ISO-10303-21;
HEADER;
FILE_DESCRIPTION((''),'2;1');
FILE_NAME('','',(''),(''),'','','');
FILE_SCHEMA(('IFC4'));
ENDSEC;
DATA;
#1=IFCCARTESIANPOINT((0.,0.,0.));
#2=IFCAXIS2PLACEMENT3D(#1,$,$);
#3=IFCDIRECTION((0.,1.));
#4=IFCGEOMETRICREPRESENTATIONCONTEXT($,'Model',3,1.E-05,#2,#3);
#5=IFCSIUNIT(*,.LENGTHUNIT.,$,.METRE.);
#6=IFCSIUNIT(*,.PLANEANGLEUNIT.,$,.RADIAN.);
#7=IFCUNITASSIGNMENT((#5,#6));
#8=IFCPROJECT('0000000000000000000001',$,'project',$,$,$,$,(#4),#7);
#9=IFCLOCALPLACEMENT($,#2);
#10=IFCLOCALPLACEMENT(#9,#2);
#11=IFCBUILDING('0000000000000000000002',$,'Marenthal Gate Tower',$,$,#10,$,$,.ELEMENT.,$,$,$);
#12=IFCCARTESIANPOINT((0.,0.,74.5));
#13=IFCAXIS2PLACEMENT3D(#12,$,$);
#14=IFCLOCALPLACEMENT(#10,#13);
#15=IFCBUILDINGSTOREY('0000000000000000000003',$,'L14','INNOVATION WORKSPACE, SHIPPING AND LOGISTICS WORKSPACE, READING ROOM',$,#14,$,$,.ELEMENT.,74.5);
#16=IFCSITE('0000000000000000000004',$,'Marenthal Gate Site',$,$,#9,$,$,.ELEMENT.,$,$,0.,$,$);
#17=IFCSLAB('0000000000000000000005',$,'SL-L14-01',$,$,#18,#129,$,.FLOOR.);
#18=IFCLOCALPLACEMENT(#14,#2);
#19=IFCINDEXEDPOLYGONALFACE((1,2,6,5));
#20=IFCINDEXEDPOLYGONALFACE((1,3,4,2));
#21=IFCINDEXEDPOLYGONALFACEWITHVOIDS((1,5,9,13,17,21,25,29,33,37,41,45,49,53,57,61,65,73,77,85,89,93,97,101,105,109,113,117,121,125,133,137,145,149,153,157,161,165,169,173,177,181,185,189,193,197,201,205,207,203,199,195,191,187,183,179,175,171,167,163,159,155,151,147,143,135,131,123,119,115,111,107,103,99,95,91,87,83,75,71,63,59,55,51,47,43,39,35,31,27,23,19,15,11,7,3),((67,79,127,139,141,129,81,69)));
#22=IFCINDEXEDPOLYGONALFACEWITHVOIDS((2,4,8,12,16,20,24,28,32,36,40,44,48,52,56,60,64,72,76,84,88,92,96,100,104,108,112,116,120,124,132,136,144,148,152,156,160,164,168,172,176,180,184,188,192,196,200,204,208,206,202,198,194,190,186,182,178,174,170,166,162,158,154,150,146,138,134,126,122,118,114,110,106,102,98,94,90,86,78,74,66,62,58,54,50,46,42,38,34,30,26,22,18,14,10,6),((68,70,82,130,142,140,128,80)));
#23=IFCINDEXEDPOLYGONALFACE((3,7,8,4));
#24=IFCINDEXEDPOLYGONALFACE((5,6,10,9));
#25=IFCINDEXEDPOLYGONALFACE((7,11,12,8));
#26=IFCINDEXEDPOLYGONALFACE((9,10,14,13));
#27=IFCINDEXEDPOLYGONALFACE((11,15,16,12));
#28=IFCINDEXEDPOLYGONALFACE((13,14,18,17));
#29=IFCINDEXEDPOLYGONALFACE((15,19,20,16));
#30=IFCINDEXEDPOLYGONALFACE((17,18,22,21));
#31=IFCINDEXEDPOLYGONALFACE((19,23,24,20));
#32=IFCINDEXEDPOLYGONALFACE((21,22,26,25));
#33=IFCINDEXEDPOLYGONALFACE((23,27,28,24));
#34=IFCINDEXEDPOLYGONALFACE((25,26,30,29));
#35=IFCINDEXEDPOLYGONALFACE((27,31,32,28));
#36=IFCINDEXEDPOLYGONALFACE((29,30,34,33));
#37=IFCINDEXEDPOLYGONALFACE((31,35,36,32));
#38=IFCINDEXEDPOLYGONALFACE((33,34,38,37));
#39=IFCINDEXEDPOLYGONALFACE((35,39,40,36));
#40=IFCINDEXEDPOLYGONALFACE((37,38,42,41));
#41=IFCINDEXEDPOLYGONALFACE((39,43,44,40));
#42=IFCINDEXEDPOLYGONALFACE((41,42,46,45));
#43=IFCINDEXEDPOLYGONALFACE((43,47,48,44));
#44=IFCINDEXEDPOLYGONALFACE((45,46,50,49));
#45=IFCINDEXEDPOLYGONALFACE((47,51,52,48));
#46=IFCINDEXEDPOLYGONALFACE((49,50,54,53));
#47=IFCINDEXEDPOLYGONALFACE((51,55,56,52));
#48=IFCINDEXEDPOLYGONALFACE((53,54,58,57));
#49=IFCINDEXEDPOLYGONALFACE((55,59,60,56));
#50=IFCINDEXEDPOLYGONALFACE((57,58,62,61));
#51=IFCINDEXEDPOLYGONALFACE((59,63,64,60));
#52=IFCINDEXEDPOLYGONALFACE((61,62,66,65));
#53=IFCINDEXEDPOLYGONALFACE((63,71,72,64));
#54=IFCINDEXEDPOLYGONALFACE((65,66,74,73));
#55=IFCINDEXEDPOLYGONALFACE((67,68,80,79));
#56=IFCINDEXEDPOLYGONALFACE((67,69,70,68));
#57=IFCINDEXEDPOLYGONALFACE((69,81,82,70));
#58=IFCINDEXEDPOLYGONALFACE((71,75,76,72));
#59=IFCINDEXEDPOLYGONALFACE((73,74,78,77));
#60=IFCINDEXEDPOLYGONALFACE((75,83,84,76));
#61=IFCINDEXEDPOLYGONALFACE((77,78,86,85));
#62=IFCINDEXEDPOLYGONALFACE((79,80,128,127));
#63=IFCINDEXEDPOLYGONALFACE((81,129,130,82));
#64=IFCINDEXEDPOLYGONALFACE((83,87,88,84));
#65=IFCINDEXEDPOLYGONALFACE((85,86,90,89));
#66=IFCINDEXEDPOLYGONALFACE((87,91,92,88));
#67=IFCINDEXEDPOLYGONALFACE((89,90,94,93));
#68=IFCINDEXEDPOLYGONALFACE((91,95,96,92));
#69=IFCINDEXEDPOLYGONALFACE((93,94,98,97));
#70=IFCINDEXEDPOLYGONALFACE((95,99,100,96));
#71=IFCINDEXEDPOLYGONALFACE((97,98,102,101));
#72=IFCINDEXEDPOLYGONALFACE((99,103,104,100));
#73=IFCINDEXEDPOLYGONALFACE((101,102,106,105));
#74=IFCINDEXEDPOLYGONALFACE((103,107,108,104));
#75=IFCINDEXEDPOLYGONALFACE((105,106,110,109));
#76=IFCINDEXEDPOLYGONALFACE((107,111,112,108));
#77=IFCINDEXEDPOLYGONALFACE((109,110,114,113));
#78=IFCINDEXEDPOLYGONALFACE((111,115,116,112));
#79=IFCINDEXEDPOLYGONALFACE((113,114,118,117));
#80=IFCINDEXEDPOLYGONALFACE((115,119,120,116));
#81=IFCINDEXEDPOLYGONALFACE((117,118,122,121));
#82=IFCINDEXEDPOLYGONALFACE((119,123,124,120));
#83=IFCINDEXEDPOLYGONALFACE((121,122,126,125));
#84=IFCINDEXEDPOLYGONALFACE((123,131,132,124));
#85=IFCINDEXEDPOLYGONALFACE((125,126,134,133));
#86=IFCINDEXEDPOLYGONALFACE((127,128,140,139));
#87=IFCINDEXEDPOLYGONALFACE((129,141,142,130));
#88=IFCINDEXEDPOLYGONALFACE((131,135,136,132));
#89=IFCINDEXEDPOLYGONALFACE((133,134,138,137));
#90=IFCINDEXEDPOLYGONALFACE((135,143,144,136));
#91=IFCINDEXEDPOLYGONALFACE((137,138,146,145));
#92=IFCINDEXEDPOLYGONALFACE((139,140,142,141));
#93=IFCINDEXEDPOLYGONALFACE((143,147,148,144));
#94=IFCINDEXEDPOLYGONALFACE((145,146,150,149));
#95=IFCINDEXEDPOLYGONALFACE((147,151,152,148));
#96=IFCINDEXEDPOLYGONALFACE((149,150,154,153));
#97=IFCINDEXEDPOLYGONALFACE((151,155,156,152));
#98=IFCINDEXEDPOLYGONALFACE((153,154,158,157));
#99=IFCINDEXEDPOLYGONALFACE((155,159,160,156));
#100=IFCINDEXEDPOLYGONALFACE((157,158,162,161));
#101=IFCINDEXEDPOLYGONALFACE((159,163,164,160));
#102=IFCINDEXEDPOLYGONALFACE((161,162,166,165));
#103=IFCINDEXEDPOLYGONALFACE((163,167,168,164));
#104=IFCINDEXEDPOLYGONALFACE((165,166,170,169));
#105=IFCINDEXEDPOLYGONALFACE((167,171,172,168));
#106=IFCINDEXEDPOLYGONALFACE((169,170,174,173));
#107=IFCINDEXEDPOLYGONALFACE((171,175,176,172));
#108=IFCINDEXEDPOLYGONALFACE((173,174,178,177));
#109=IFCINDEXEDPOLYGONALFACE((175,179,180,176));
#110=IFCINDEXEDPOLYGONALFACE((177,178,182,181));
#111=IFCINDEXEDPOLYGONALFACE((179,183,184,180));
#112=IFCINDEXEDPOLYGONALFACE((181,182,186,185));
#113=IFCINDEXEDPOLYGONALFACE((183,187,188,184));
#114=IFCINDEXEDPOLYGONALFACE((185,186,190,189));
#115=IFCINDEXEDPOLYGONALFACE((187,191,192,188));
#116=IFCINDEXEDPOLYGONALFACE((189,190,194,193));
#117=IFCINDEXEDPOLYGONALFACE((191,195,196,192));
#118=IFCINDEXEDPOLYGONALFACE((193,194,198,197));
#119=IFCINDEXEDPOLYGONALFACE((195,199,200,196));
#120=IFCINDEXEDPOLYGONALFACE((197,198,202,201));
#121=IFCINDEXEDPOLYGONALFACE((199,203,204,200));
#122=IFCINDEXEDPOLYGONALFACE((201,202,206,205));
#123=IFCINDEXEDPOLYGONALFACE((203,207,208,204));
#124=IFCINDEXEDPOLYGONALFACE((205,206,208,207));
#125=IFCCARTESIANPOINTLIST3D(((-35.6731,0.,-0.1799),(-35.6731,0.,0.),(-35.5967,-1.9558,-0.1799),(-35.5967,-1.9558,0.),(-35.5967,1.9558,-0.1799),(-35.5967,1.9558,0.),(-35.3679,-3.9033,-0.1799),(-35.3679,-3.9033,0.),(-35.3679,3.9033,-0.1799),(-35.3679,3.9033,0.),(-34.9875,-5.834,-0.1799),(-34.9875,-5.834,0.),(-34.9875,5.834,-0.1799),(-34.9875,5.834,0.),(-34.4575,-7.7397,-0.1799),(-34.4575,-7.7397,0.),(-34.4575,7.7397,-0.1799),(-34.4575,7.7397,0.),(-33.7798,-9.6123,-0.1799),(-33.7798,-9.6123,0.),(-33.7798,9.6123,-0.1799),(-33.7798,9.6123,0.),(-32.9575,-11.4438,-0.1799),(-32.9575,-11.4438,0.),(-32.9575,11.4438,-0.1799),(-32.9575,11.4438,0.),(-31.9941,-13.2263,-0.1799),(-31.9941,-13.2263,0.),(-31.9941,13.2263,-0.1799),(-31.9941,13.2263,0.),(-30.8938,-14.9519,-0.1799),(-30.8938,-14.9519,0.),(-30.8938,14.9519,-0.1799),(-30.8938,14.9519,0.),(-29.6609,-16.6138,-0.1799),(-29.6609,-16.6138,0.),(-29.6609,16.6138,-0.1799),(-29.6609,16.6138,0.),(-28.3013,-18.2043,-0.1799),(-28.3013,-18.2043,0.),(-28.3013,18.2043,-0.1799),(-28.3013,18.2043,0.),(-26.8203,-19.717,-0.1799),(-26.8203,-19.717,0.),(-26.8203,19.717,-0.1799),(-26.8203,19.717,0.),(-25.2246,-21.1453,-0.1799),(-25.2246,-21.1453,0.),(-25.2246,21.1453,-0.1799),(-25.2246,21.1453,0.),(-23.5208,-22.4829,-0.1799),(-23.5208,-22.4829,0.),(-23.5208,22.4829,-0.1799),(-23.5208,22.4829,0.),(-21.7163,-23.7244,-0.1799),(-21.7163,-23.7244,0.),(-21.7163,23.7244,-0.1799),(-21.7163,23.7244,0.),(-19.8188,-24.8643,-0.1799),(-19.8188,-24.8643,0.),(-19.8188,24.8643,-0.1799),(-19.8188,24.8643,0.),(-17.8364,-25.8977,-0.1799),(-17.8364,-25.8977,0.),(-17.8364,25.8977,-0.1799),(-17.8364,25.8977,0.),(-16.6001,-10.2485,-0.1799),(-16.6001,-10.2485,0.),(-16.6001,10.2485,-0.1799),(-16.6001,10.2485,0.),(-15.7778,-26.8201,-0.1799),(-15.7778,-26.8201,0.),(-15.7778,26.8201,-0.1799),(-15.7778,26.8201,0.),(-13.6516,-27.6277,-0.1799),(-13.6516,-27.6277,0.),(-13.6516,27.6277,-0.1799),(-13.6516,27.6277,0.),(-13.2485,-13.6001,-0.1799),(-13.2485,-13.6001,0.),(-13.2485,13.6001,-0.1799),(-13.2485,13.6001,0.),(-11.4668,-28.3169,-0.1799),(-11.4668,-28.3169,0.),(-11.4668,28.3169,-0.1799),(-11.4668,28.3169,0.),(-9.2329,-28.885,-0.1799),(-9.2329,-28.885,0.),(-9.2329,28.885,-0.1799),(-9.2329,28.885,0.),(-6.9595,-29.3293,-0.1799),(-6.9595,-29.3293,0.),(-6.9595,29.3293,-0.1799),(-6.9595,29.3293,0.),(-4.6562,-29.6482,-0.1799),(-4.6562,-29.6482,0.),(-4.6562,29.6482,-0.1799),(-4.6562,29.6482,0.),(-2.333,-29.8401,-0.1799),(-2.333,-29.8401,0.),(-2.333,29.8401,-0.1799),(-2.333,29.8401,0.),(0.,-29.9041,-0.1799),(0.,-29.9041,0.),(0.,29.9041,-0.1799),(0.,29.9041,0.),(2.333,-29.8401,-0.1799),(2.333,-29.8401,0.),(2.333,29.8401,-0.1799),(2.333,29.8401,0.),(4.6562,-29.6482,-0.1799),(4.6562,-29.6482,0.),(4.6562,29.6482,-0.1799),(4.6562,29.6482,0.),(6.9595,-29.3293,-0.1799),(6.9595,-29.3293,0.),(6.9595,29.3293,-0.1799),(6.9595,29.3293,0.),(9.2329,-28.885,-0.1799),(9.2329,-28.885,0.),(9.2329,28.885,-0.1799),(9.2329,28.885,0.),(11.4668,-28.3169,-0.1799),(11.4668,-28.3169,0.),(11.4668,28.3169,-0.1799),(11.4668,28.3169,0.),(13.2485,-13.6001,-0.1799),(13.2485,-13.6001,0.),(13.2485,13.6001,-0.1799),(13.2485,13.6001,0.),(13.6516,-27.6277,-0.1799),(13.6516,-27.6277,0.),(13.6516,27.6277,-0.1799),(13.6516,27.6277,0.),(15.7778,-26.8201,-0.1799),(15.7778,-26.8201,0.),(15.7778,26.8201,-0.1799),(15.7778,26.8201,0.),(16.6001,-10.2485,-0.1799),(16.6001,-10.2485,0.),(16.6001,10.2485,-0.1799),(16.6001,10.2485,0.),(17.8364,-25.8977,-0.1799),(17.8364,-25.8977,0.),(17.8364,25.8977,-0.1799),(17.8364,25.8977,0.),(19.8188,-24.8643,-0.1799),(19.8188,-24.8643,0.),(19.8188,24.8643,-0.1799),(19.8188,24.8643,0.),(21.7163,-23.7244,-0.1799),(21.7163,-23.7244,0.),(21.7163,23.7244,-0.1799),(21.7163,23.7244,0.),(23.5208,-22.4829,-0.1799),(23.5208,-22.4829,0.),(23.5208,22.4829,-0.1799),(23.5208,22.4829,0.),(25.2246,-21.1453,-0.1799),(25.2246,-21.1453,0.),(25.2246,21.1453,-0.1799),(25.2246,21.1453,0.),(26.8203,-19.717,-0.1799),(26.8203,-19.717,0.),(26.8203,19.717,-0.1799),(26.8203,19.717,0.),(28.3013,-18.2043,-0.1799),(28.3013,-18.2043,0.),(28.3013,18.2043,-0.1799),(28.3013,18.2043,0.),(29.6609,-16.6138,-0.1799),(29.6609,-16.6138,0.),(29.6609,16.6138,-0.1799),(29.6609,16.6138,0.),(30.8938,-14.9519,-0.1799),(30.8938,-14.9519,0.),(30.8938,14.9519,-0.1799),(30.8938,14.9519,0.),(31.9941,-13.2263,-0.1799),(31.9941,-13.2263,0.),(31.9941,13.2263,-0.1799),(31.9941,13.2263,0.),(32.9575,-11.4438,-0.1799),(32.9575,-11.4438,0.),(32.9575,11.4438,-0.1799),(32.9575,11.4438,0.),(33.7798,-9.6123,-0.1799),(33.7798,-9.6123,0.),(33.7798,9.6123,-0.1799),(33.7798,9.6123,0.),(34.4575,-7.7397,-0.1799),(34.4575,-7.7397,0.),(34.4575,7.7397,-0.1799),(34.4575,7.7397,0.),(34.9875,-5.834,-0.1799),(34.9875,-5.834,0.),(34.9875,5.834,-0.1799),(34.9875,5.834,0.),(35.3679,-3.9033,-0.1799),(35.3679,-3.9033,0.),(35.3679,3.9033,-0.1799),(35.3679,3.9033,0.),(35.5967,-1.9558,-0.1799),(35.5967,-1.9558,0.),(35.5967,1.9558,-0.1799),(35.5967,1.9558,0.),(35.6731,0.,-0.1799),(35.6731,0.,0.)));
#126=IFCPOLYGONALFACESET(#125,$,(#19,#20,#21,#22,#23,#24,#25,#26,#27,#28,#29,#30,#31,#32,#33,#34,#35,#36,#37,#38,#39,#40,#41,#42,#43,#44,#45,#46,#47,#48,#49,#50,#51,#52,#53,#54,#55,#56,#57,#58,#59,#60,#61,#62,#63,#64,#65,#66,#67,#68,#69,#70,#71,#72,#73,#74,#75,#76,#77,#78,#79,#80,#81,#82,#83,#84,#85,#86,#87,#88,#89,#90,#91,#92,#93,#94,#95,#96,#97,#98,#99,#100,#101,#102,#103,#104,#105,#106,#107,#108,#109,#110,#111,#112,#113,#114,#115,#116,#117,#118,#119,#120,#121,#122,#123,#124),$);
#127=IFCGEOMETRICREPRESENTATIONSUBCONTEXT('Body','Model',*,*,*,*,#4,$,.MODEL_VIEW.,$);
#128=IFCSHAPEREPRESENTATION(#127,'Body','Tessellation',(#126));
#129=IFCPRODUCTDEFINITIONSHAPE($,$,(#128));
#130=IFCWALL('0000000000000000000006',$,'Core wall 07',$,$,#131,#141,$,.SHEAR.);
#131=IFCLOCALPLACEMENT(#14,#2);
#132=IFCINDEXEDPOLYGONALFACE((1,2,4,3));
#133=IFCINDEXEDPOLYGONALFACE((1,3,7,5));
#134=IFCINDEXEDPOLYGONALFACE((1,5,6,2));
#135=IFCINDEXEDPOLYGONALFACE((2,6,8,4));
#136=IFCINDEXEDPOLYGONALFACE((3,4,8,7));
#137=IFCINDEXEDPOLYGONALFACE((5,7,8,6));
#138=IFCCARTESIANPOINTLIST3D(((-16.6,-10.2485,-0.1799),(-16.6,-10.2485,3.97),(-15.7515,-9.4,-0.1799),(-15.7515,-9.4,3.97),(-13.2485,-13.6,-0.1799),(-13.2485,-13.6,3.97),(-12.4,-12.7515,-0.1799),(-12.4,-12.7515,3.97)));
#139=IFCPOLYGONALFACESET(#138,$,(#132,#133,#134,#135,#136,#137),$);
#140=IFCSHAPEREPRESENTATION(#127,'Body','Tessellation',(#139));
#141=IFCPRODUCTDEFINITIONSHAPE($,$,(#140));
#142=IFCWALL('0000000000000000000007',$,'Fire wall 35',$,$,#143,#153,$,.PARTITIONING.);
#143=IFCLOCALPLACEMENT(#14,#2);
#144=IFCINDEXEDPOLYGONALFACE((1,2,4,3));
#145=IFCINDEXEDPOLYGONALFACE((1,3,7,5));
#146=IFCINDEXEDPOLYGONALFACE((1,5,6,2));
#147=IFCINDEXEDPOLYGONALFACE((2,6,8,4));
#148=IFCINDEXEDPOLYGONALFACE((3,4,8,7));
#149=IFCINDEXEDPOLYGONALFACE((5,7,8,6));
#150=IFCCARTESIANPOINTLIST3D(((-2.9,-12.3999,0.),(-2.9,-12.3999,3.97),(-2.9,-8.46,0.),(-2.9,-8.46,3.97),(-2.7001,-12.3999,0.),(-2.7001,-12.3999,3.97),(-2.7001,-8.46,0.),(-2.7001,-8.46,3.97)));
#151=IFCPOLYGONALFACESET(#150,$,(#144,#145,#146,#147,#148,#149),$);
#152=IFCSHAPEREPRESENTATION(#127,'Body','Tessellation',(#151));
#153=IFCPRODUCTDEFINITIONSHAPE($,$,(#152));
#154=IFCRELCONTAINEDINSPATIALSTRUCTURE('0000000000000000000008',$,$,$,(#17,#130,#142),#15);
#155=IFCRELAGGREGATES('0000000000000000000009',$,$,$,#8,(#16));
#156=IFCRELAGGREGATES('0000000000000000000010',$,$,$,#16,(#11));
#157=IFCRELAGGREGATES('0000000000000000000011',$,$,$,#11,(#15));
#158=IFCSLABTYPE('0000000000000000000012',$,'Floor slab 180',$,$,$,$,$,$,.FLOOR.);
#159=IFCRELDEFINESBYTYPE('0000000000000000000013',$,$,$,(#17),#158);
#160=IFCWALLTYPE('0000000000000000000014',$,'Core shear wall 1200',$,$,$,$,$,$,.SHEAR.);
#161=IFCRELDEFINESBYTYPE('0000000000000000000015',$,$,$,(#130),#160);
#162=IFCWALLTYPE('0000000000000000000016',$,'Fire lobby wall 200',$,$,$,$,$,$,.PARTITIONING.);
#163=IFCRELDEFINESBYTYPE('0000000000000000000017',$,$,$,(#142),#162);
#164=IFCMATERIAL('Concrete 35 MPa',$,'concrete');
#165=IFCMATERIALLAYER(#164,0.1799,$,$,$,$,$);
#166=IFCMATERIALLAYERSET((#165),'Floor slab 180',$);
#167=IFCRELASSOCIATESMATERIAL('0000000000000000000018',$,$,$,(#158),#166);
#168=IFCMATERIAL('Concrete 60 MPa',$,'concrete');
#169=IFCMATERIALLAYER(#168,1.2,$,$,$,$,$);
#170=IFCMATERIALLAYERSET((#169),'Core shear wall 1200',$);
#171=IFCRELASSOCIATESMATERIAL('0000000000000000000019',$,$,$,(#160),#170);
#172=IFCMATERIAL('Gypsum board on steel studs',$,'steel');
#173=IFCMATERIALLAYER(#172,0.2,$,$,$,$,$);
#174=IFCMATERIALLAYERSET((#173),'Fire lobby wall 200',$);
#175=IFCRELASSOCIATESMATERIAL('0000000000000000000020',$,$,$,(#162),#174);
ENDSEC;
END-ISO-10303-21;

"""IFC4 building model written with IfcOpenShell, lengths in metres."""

from ifc_helpers import new_model, si_unit, direction, frame, frame_2d, origin, place, context, subcontext, project, spatial, polyline, rectangle, outline, extrude, material, layer, layer_set, type_object, element, save


model = new_model("IFC4")

# Units and contexts
model_context = context("Model", 3, precision=1e-05, world=origin(), true_north=direction((0.0, 1.0)))
body_context = subcontext(model_context, "Body", "Model", "MODEL_VIEW")
ifc_project = project(units=[si_unit("LENGTHUNIT", "METRE"), si_unit("PLANEANGLEUNIT", "RADIAN")], contexts=[model_context])

# Site, building, storey
site_placement = place(None, origin())
site = spatial("IfcSite", under=ifc_project, at=site_placement, Name="Marenthal Gate Site", CompositionType="ELEMENT", RefElevation=0.0)
building_placement = place(site_placement, origin())
building = spatial("IfcBuilding", under=site, at=building_placement, Name="Marenthal Gate Tower", CompositionType="ELEMENT")
storey_placement = place(building_placement, frame((0.0, 0.0, 74.5)))
storey = spatial("IfcBuildingStorey", under=building, at=storey_placement, Name="L14", Description="INNOVATION WORKSPACE, SHIPPING AND LOGISTICS WORKSPACE, READING ROOM", CompositionType="ELEMENT", Elevation=74.5)

# Slab
ifc_material_1 = material(Name="Concrete 35 MPa", Category="concrete")
ifc_layer_1 = layer(ifc_material_1, 0.1799)
ifc_layer_set_1 = layer_set([ifc_layer_1], Name="Floor slab 180")
slab_type = type_object("IfcSlabType", Name="Floor slab 180", PredefinedType="FLOOR", material=ifc_layer_set_1)
slab_placement = place(storey_placement, frame((0.0, 0.0, -0.1799)))
element("IfcSlab", 1, at=slab_placement, inside=storey, type_object=slab_type, Name="SL-L14-01", PredefinedType="FLOOR", context=body_context, shape_type="SweptSolid", body=[
    extrude(outline(polyline([(35.6731, 0.0), (35.5967, 1.9558), (35.3679, 3.9033), (34.9875, 5.834), (34.4575, 7.7397), (33.7798, 9.6123), (32.9575, 11.4438), (31.9941, 13.2263), (30.8938, 14.9519), (29.6609, 16.6138), (28.3013, 18.2043), (26.8203, 19.717), (25.2246, 21.1453), (23.5208, 22.4829), (21.7163, 23.7244), (19.8188, 24.8643), (17.8364, 25.8977), (15.7778, 26.8201), (13.6516, 27.6277), (11.4668, 28.3169), (9.2329, 28.885), (6.9595, 29.3293), (4.6562, 29.6482), (2.333, 29.8401), (0.0, 29.9041), (-2.333, 29.8401), (-4.6562, 29.6482), (-6.9595, 29.3293), (-9.2329, 28.885), (-11.4668, 28.3169), (-13.6516, 27.6277), (-15.7778, 26.8201), (-17.8364, 25.8977), (-19.8188, 24.8643), (-21.7163, 23.7244), (-23.5208, 22.4829), (-25.2246, 21.1453), (-26.8203, 19.717), (-28.3013, 18.2043), (-29.6609, 16.6138), (-30.8938, 14.9519), (-31.9941, 13.2263), (-32.9575, 11.4438), (-33.7798, 9.6123), (-34.4575, 7.7397), (-34.9875, 5.834), (-35.3679, 3.9033), (-35.5967, 1.9558), (-35.6731, 0.0), (-35.5967, -1.9558), (-35.3679, -3.9033), (-34.9875, -5.834), (-34.4575, -7.7397), (-33.7798, -9.6123), (-32.9575, -11.4438), (-31.9941, -13.2263), (-30.8938, -14.9519), (-29.6609, -16.6138), (-28.3013, -18.2043), (-26.8203, -19.717), (-25.2246, -21.1453), (-23.5208, -22.4829), (-21.7163, -23.7244), (-19.8188, -24.8643), (-17.8364, -25.8977), (-15.7778, -26.8201), (-13.6516, -27.6277), (-11.4668, -28.3169), (-9.2329, -28.885), (-6.9595, -29.3293), (-4.6562, -29.6482), (-2.333, -29.8401), (0.0, -29.9041), (2.333, -29.8401), (4.6562, -29.6482), (6.9595, -29.3293), (9.2329, -28.885), (11.4668, -28.3169), (13.6516, -27.6277), (15.7778, -26.8201), (17.8364, -25.8977), (19.8188, -24.8643), (21.7163, -23.7244), (23.5208, -22.4829), (25.2246, -21.1453), (26.8203, -19.717), (28.3013, -18.2043), (29.6609, -16.6138), (30.8938, -14.9519), (31.9941, -13.2263), (32.9575, -11.4438), (33.7798, -9.6123), (34.4575, -7.7397), (34.9875, -5.834), (35.3679, -3.9033), (35.5967, -1.9558), (35.6731, 0.0)]), holes=[polyline([(13.2485, -13.6001), (16.6001, -10.2485), (16.6001, 10.2485), (13.2485, 13.6001), (-13.2485, 13.6001), (-16.6001, 10.2485), (-16.6001, -10.2485), (-13.2485, -13.6001), (13.2485, -13.6001)])]), origin(), (0.0, 0.0, 1.0), 0.1799),
])

# Walls
ifc_material_2 = material(Name="Concrete 60 MPa", Category="concrete")
ifc_layer_2 = layer(ifc_material_2, 1.2)
ifc_layer_set_2 = layer_set([ifc_layer_2], Name="Core shear wall 1200")
wall_type_1 = type_object("IfcWallType", Name="Core shear wall 1200", PredefinedType="SHEAR", material=ifc_layer_set_2)
wall_1_placement = place(storey_placement, frame((-16.1758, -9.8242, -0.1799), z_axis=(0.0, 0.0, 1.0), x_axis=(0.707107, -0.707107, 0.0)))
element("IfcWall", 2, at=wall_1_placement, inside=storey, type_object=wall_type_1, Name="Core wall 07", PredefinedType="SHEAR", context=body_context, shape_type="SweptSolid", body=[
    extrude(rectangle(XDim=4.7397, YDim=1.2, at=frame_2d((2.3699, 0.0))), origin(), (0.0, 0.0, 1.0), 4.1499),
])
ifc_material_3 = material(Name="Gypsum board on steel studs", Category="steel")
ifc_layer_3 = layer(ifc_material_3, 0.2)
ifc_layer_set_3 = layer_set([ifc_layer_3], Name="Fire lobby wall 200")
wall_type_2 = type_object("IfcWallType", Name="Fire lobby wall 200", PredefinedType="PARTITIONING", material=ifc_layer_set_3)
wall_2_placement = place(storey_placement, frame((-2.8, -12.3999, 0.0), z_axis=(0.0, 0.0, 1.0), x_axis=(0.0, 1.0, 0.0)))
element("IfcWall", 3, at=wall_2_placement, inside=storey, type_object=wall_type_2, Name="Fire wall 35", PredefinedType="PARTITIONING", context=body_context, shape_type="SweptSolid", body=[
    extrude(rectangle(XDim=3.9399, YDim=0.2, at=frame_2d((1.97, 0.0))), origin(), (0.0, 0.0, 1.0), 3.97),
])

save(model, "model.ifc")
